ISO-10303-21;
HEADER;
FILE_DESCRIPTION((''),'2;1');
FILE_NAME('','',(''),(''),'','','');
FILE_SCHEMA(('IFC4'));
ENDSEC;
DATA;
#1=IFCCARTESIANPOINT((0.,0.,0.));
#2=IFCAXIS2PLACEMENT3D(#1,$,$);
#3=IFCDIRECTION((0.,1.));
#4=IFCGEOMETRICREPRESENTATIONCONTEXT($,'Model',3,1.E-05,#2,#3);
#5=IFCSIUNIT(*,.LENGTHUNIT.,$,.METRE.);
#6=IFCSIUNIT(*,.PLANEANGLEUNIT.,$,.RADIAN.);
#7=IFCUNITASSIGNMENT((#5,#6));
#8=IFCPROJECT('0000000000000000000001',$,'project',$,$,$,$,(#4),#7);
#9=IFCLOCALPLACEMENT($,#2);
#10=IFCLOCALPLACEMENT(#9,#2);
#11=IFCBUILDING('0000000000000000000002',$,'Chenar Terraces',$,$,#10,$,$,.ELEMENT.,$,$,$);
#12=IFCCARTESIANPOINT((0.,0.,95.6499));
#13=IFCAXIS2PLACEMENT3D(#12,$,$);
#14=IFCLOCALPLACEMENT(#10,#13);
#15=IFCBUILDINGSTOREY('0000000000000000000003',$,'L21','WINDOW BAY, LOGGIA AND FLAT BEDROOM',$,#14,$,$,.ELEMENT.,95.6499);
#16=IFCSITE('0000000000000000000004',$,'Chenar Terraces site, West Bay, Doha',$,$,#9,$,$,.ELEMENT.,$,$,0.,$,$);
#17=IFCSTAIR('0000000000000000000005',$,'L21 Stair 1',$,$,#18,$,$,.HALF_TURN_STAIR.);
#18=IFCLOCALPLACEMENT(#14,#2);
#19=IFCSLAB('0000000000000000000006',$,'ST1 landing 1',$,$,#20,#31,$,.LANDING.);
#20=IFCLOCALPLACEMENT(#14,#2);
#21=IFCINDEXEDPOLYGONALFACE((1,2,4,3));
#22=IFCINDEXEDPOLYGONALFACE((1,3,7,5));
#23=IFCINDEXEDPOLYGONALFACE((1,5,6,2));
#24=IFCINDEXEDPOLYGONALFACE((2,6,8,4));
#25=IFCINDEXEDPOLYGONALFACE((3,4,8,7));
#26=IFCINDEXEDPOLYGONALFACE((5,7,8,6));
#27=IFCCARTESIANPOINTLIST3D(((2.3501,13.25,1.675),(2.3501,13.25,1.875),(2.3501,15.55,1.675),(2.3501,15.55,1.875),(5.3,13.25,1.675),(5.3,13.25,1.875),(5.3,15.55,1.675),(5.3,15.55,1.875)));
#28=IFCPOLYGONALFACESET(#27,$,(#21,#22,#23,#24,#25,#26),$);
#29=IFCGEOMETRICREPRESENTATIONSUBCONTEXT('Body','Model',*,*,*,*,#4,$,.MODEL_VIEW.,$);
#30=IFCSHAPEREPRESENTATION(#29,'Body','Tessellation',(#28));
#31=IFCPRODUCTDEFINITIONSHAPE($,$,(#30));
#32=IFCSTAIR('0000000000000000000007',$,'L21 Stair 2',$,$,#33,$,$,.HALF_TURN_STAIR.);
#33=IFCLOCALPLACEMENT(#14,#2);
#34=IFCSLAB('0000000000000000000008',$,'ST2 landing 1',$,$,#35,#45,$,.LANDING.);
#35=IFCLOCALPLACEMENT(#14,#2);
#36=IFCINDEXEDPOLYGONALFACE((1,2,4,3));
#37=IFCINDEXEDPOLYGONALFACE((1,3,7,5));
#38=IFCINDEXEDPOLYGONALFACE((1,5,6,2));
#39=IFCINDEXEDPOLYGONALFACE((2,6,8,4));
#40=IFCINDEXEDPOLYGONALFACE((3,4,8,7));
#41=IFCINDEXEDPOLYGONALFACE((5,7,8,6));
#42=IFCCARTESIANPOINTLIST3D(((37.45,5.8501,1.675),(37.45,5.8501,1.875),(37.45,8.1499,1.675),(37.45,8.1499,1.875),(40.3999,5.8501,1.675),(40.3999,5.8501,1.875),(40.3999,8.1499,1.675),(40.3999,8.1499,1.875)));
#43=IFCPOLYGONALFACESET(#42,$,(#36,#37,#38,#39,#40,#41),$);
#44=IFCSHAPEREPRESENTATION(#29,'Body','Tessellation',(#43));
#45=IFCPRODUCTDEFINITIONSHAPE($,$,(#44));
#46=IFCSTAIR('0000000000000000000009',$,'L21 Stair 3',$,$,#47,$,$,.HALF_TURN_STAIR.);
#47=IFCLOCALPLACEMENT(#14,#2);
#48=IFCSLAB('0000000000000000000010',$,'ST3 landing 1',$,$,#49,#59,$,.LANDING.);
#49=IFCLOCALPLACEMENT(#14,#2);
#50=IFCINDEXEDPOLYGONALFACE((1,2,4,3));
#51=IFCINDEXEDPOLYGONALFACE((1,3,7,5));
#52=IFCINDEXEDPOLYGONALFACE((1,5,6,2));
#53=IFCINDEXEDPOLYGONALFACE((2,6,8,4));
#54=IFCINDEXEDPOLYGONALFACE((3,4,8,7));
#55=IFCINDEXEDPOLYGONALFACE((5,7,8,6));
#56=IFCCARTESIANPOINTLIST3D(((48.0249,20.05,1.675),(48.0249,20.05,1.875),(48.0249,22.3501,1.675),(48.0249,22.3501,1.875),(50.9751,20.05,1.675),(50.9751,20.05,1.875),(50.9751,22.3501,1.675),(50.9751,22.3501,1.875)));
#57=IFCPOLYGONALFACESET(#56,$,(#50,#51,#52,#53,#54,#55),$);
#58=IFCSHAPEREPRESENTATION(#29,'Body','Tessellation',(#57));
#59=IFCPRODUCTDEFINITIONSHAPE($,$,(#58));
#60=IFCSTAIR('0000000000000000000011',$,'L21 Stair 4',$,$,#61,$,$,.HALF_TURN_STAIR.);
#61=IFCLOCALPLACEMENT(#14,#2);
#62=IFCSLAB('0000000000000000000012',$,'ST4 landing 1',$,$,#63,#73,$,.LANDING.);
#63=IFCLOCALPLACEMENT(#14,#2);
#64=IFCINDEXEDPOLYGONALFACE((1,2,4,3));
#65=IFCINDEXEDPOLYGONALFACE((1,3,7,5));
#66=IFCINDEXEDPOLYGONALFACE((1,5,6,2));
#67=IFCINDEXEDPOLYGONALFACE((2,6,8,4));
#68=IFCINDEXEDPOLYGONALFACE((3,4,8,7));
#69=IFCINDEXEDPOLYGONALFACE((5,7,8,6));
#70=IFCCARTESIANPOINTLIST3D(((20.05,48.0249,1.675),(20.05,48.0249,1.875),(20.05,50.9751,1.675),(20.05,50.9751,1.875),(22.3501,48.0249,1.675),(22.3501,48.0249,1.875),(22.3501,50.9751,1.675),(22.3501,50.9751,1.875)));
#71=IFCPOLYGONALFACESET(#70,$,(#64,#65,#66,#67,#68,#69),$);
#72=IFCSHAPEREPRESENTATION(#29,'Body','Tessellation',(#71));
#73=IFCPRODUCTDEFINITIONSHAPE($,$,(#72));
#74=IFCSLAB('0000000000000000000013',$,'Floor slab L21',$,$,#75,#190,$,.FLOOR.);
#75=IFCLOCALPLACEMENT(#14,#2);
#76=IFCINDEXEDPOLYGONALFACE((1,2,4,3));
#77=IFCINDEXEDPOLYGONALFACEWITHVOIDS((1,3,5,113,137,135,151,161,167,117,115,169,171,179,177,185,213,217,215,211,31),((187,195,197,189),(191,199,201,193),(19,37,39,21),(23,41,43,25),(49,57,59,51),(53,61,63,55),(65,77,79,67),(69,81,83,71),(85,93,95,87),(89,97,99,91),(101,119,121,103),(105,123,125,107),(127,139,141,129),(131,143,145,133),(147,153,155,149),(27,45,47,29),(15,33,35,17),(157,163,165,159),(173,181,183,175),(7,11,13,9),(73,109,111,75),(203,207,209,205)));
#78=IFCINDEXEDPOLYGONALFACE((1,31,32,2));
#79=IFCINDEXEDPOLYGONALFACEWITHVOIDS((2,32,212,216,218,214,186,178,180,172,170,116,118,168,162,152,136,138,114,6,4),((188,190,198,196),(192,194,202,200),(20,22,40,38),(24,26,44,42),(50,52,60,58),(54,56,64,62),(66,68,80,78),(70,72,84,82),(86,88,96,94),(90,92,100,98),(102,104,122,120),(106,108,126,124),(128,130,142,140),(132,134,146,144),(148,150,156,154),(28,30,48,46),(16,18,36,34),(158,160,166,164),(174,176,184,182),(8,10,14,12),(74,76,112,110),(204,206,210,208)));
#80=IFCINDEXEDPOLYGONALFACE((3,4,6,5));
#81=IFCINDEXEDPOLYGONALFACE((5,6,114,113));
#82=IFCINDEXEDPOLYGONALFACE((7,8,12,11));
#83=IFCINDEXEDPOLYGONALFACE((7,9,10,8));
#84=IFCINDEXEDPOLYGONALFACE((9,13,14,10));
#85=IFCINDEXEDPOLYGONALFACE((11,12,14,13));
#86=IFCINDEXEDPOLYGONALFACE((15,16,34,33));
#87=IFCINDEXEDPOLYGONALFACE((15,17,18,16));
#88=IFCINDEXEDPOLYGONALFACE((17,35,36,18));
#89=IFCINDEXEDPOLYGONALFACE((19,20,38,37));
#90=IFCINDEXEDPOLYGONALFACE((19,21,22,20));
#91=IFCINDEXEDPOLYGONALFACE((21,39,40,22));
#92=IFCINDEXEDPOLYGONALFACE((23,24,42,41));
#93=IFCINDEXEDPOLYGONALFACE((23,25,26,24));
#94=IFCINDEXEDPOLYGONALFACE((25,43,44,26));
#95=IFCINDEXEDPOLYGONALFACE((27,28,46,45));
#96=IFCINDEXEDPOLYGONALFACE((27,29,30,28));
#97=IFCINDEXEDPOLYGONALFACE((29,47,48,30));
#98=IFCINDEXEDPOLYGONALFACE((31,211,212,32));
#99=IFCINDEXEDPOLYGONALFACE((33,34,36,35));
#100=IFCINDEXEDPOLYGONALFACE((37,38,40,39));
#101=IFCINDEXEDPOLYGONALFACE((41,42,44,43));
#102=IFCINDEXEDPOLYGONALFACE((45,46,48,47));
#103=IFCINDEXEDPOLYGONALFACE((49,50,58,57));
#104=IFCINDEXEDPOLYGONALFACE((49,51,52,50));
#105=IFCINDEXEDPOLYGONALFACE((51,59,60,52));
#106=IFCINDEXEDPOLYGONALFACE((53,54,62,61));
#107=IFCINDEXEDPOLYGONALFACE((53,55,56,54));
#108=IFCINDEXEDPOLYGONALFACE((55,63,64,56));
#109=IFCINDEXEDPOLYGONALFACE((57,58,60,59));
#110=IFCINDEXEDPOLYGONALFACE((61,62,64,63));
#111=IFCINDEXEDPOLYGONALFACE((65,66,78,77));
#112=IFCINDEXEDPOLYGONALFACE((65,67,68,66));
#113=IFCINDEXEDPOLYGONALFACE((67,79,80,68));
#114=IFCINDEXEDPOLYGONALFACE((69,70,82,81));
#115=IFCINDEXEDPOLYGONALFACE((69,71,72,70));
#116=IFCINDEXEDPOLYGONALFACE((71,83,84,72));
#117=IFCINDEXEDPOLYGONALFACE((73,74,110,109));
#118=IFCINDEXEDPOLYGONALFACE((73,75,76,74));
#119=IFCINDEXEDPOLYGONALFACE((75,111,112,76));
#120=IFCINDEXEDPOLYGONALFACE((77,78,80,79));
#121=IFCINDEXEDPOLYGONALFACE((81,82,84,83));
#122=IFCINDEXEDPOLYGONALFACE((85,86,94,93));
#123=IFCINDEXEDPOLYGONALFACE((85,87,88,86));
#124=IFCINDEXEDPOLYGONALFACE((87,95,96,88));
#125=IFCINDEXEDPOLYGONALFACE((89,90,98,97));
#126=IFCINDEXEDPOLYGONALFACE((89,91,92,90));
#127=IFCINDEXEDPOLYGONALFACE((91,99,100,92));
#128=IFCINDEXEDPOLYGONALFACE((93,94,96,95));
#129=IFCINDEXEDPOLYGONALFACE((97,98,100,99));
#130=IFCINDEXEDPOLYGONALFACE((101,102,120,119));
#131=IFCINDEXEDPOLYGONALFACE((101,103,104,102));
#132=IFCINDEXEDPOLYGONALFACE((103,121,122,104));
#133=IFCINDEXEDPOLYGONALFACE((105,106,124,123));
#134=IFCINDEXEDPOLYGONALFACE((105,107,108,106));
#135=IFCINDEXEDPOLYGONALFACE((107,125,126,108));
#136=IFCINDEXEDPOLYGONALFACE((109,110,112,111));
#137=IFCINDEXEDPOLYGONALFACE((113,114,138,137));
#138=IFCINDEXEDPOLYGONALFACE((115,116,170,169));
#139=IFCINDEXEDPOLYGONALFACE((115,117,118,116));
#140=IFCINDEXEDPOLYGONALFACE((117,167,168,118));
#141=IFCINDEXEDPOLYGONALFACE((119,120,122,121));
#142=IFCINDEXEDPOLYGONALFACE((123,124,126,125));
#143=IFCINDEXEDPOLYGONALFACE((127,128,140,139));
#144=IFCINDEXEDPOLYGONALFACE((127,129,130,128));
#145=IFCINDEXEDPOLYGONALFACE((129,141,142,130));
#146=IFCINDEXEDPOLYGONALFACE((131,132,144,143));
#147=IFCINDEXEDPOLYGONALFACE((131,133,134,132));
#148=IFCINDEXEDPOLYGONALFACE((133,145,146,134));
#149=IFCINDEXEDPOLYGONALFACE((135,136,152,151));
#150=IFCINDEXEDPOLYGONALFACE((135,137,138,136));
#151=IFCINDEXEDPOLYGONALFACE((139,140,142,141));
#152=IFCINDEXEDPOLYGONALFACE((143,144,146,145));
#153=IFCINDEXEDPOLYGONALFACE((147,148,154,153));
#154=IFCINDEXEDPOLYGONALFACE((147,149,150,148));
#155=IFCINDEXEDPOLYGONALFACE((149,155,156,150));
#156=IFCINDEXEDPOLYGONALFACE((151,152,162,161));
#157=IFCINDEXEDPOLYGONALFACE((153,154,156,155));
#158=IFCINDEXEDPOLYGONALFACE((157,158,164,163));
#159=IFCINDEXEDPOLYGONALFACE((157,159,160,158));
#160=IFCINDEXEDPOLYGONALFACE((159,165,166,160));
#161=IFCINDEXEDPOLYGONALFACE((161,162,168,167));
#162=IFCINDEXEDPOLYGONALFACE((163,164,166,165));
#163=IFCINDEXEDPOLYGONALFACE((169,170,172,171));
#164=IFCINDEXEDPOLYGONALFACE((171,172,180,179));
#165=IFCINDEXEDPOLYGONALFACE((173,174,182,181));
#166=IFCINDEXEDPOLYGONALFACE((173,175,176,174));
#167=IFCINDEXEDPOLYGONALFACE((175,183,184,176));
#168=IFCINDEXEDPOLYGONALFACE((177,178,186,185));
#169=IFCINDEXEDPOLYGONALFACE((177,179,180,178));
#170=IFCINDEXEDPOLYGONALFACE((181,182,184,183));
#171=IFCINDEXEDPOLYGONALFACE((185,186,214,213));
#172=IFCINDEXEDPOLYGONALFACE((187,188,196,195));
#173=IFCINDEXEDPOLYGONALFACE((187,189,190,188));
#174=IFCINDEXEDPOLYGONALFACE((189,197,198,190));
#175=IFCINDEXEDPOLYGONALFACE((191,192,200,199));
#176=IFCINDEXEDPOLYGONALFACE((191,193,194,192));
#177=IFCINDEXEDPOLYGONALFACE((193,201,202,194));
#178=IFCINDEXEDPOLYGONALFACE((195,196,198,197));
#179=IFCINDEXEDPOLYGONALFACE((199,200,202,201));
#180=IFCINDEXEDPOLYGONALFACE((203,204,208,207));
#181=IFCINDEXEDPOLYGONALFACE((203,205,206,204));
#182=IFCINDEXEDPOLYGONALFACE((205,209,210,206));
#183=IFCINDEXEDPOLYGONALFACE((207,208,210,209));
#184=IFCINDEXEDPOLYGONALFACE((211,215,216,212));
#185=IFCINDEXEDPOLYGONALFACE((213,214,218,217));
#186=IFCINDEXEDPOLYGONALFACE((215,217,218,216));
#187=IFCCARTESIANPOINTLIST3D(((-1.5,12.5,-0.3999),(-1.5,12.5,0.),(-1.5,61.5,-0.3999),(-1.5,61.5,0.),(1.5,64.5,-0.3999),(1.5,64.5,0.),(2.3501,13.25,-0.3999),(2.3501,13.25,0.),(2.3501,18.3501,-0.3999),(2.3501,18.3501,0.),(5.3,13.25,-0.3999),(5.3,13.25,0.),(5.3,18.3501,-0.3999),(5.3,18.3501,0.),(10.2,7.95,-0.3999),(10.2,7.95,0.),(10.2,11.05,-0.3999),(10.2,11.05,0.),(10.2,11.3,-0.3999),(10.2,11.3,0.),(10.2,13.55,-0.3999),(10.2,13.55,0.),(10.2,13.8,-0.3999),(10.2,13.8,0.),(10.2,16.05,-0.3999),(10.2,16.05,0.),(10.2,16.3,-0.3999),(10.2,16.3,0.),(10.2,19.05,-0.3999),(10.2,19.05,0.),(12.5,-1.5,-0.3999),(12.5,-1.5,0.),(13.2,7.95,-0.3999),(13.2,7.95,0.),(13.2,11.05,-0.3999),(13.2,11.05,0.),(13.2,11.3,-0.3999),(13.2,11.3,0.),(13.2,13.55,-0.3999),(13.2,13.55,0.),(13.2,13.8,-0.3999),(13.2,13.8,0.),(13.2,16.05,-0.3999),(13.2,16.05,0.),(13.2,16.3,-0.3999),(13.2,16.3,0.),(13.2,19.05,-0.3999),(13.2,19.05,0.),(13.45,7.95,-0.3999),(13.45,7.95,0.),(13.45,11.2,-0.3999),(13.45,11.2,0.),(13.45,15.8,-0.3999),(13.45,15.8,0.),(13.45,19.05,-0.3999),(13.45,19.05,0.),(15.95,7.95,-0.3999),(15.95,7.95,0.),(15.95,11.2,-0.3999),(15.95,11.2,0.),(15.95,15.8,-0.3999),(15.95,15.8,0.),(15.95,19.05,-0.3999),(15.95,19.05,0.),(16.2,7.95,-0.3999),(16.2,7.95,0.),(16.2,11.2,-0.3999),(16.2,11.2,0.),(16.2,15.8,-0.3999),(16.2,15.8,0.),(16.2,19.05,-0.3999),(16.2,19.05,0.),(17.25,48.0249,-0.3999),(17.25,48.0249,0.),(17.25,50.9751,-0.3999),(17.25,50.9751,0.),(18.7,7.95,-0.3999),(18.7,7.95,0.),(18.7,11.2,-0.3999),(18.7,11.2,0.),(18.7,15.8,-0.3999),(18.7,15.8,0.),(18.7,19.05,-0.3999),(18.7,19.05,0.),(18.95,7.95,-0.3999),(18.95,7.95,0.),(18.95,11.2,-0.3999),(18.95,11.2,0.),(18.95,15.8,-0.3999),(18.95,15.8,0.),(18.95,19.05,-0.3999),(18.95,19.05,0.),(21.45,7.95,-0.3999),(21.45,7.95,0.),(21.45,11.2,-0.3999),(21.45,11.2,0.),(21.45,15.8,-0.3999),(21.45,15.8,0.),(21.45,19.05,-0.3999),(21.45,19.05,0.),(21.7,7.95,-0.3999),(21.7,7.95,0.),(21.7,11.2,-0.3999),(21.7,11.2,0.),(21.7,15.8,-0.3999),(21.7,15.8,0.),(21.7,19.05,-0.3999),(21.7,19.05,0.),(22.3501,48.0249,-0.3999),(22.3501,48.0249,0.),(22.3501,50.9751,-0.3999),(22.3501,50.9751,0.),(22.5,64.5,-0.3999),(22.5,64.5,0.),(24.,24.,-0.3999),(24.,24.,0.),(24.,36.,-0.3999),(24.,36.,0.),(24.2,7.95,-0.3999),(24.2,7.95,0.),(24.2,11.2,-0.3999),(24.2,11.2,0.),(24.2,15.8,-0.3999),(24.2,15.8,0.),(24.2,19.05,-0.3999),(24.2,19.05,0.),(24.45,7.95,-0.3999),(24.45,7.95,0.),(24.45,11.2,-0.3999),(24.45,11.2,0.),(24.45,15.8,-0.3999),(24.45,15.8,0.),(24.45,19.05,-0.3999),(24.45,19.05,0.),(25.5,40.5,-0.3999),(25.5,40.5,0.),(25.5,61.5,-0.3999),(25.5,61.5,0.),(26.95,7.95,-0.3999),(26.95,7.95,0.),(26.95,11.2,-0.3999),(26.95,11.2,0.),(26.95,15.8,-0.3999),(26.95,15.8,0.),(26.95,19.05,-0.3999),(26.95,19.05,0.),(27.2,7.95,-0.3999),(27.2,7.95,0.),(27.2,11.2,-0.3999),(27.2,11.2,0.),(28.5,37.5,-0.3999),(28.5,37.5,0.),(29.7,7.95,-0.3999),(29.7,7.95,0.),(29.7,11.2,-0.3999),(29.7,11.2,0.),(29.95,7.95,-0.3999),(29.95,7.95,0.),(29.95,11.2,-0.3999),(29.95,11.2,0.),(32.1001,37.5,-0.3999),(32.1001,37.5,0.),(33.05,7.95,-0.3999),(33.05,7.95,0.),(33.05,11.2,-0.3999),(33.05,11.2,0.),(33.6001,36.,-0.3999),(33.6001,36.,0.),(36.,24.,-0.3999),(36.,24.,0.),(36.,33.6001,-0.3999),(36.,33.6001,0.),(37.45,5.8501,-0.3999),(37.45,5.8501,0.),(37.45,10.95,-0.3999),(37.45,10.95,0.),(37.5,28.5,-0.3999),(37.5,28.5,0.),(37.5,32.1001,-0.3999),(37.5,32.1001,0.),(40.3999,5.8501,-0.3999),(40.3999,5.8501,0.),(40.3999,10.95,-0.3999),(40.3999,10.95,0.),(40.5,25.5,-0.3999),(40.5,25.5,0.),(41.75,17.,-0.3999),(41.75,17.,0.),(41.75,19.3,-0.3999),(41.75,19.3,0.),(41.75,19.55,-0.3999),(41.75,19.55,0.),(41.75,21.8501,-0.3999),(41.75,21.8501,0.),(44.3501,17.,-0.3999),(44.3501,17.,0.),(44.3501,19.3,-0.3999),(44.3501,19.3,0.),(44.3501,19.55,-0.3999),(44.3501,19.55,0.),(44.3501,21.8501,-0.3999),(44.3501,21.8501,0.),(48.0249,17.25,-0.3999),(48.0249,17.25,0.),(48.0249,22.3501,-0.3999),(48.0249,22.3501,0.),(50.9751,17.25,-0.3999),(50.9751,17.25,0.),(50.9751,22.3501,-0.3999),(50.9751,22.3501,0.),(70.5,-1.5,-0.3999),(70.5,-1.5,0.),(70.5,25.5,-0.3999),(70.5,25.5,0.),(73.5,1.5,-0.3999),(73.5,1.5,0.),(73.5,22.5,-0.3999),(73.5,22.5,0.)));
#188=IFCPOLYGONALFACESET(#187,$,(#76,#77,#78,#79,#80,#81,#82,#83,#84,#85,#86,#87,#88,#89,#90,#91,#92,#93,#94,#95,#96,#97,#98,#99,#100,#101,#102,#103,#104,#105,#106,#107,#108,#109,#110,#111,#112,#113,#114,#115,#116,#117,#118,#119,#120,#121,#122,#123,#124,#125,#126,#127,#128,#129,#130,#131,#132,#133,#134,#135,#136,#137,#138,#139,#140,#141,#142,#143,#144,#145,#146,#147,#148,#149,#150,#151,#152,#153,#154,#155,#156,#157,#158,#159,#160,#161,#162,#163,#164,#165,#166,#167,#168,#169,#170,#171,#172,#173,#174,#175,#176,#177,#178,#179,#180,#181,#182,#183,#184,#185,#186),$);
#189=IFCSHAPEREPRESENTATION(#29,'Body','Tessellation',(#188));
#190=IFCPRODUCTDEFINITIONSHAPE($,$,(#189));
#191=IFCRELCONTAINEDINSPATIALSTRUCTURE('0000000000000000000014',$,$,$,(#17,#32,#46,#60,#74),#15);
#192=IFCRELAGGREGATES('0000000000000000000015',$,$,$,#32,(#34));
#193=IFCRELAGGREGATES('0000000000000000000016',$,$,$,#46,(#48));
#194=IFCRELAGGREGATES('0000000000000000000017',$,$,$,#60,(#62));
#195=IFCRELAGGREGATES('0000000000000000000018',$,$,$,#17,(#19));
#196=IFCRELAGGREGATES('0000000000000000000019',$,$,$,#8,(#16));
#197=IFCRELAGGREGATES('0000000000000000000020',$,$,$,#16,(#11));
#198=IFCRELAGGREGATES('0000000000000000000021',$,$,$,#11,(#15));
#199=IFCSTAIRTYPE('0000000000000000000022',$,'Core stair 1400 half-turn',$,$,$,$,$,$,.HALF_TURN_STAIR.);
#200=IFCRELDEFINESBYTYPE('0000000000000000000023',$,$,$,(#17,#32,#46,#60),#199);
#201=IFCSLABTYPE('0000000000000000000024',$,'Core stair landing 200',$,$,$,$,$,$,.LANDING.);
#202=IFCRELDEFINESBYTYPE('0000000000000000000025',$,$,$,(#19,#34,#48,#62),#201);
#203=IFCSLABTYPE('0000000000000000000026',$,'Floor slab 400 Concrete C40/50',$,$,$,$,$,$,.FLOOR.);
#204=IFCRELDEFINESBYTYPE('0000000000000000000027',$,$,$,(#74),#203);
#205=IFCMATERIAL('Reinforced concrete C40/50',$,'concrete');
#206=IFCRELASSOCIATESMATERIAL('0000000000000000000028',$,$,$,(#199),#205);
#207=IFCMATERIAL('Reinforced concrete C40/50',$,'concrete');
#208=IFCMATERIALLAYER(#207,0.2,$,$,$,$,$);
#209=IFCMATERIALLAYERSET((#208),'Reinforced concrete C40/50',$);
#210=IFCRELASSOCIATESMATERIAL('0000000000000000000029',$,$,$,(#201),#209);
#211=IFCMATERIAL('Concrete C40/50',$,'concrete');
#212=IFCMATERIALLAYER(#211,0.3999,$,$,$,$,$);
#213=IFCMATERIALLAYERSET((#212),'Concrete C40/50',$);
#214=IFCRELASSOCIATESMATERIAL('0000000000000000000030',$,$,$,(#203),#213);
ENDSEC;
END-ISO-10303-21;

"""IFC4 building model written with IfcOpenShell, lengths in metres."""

from ifc_helpers import new_model, si_unit, direction, frame, origin, place, context, subcontext, project, spatial, polyline, outline, extrude, material, layer, layer_set, type_object, element, aggregate, save


model = new_model("IFC4")

# Units and contexts
model_context = context("Model", 3, precision=1e-05, world=origin(), true_north=direction((0.0, 1.0)))
body_context = subcontext(model_context, "Body", "Model", "MODEL_VIEW")
ifc_project = project(units=[si_unit("LENGTHUNIT", "METRE"), si_unit("PLANEANGLEUNIT", "RADIAN")], contexts=[model_context])

# Site, building, storey
site_placement = place(None, origin())
site = spatial("IfcSite", under=ifc_project, at=site_placement, Name="Chenar Terraces site, West Bay, Doha", CompositionType="ELEMENT", RefElevation=0.0)
building_placement = place(site_placement, origin())
building = spatial("IfcBuilding", under=site, at=building_placement, Name="Chenar Terraces", CompositionType="ELEMENT")
storey_placement = place(building_placement, frame((0.0, 0.0, 95.6499)))
storey = spatial("IfcBuildingStorey", under=building, at=storey_placement, Name="L21", Description="WINDOW BAY, LOGGIA AND FLAT BEDROOM", CompositionType="ELEMENT", Elevation=95.6499)

# Stairs, slabs
ifc_material_1 = material(Name="Reinforced concrete C40/50", Category="concrete")
stair_type = type_object("IfcStairType", Name="Core stair 1400 half-turn", PredefinedType="HALF_TURN_STAIR", material=ifc_material_1)
placement_1 = place(storey_placement, origin())
stair_1 = element("IfcStair", 1, at=placement_1, inside=storey, type_object=stair_type, Name="L21 Stair 1", PredefinedType="HALF_TURN_STAIR")
ifc_material_2 = material(Name="Reinforced concrete C40/50", Category="concrete")
ifc_layer_1 = layer(ifc_material_2, 0.2)
ifc_layer_set_1 = layer_set([ifc_layer_1], Name="Reinforced concrete C40/50")
slab_type_1 = type_object("IfcSlabType", Name="Core stair landing 200", PredefinedType="LANDING", material=ifc_layer_set_1)
placement_2 = place(storey_placement, frame((0.0, 0.0, 1.675)))
slab_1 = element("IfcSlab", 2, at=placement_2, type_object=slab_type_1, Name="ST1 landing 1", PredefinedType="LANDING", context=body_context, shape_type="SweptSolid", body=[
    extrude(outline(polyline([(2.3501, 15.55), (2.3501, 13.25), (5.3, 13.25), (5.3, 15.55), (2.3501, 15.55)])), origin(), (0.0, 0.0, 1.0), 0.2),
])
stair_2 = element("IfcStair", 3, at=placement_1, inside=storey, type_object=stair_type, Name="L21 Stair 2", PredefinedType="HALF_TURN_STAIR")
slab_2 = element("IfcSlab", 4, at=placement_2, type_object=slab_type_1, Name="ST2 landing 1", PredefinedType="LANDING", context=body_context, shape_type="SweptSolid", body=[
    extrude(outline(polyline([(37.45, 8.1499), (37.45, 5.8501), (40.3999, 5.8501), (40.3999, 8.1499), (37.45, 8.1499)])), origin(), (0.0, 0.0, 1.0), 0.2),
])
aggregate(stair_2, [slab_2])
stair_3 = element("IfcStair", 5, at=placement_1, inside=storey, type_object=stair_type, Name="L21 Stair 3", PredefinedType="HALF_TURN_STAIR")
slab_3 = element("IfcSlab", 6, at=placement_2, type_object=slab_type_1, Name="ST3 landing 1", PredefinedType="LANDING", context=body_context, shape_type="SweptSolid", body=[
    extrude(outline(polyline([(50.9751, 20.05), (50.9751, 22.3501), (48.0249, 22.3501), (48.0249, 20.05), (50.9751, 20.05)])), origin(), (0.0, 0.0, 1.0), 0.2),
])
aggregate(stair_3, [slab_3])
stair_4 = element("IfcStair", 7, at=placement_1, inside=storey, type_object=stair_type, Name="L21 Stair 4", PredefinedType="HALF_TURN_STAIR")
slab_4 = element("IfcSlab", 8, at=placement_2, type_object=slab_type_1, Name="ST4 landing 1", PredefinedType="LANDING", context=body_context, shape_type="SweptSolid", body=[
    extrude(outline(polyline([(20.05, 48.0249), (22.3501, 48.0249), (22.3501, 50.9751), (20.05, 50.9751), (20.05, 48.0249)])), origin(), (0.0, 0.0, 1.0), 0.2),
])
aggregate(stair_4, [slab_4])

# Slab
ifc_material_3 = material(Name="Concrete C40/50", Category="concrete")
ifc_layer_2 = layer(ifc_material_3, 0.3999)
ifc_layer_set_2 = layer_set([ifc_layer_2], Name="Concrete C40/50")
slab_type_2 = type_object("IfcSlabType", Name="Floor slab 400 Concrete C40/50", PredefinedType="FLOOR", material=ifc_layer_set_2)
slab_5_placement = place(storey_placement, frame((0.0, 0.0, -0.3999)))
element("IfcSlab", 9, at=slab_5_placement, inside=storey, type_object=slab_type_2, Name="Floor slab L21", PredefinedType="FLOOR", context=body_context, shape_type="SweptSolid", body=[
    extrude(outline(polyline([(73.5, 22.5), (73.5, 1.5), (70.5, -1.5), (12.5, -1.5), (-1.5, 12.5), (-1.5, 61.5), (1.5, 64.5), (22.5, 64.5), (25.5, 61.5), (25.5, 40.5), (28.5, 37.5), (32.1001, 37.5), (33.6001, 36.0), (24.0, 36.0), (24.0, 24.0), (36.0, 24.0), (36.0, 33.6001), (37.5, 32.1001), (37.5, 28.5), (40.5, 25.5), (70.5, 25.5), (73.5, 22.5)]), holes=[polyline([(13.2, 11.05), (10.2, 11.05), (10.2, 7.95), (13.2, 7.95), (13.2, 11.05)]), polyline([(15.95, 11.2), (13.45, 11.2), (13.45, 7.95), (15.95, 7.95), (15.95, 11.2)]), polyline([(18.7, 11.2), (16.2, 11.2), (16.2, 7.95), (18.7, 7.95), (18.7, 11.2)]), polyline([(21.45, 7.95), (21.45, 11.2), (18.95, 11.2), (18.95, 7.95), (21.45, 7.95)]), polyline([(13.2, 11.3), (13.2, 13.55), (10.2, 13.55), (10.2, 11.3), (13.2, 11.3)]), polyline([(13.2, 16.05), (10.2, 16.05), (10.2, 13.8), (13.2, 13.8), (13.2, 16.05)]), polyline([(2.3501, 18.3501), (2.3501, 13.25), (5.3, 13.25), (5.3, 18.3501), (2.3501, 18.3501)]), polyline([(15.95, 15.8), (15.95, 19.05), (13.45, 19.05), (13.45, 15.8), (15.95, 15.8)]), polyline([(18.7, 19.05), (16.2, 19.05), (16.2, 15.8), (18.7, 15.8), (18.7, 19.05)]), polyline([(21.45, 15.8), (21.45, 19.05), (18.95, 19.05), (18.95, 15.8), (21.45, 15.8)]), polyline([(13.2, 16.3), (13.2, 19.05), (10.2, 19.05), (10.2, 16.3), (13.2, 16.3)]), polyline([(22.3501, 48.0249), (22.3501, 50.9751), (17.25, 50.9751), (17.25, 48.0249), (22.3501, 48.0249)]), polyline([(37.45, 10.95), (37.45, 5.8501), (40.3999, 5.8501), (40.3999, 10.95), (37.45, 10.95)]), polyline([(24.2, 7.95), (24.2, 11.2), (21.7, 11.2), (21.7, 7.95), (24.2, 7.95)]), polyline([(26.95, 11.2), (24.45, 11.2), (24.45, 7.95), (26.95, 7.95), (26.95, 11.2)]), polyline([(29.7, 7.95), (29.7, 11.2), (27.2, 11.2), (27.2, 7.95), (29.7, 7.95)]), polyline([(33.05, 7.95), (33.05, 11.2), (29.95, 11.2), (29.95, 7.95), (33.05, 7.95)]), polyline([(24.2, 19.05), (21.7, 19.05), (21.7, 15.8), (24.2, 15.8), (24.2, 19.05)]), polyline([(26.95, 15.8), (26.95, 19.05), (24.45, 19.05), (24.45, 15.8), (26.95, 15.8)]), polyline([(44.3501, 17.0), (44.3501, 19.3), (41.75, 19.3), (41.75, 17.0), (44.3501, 17.0)]), polyline([(50.9751, 22.3501), (48.0249, 22.3501), (48.0249, 17.25), (50.9751, 17.25), (50.9751, 22.3501)]), polyline([(44.3501, 19.55), (44.3501, 21.8501), (41.75, 21.8501), (41.75, 19.55), (44.3501, 19.55)])]), origin(), (0.0, 0.0, 1.0), 0.3999),
])

aggregate(stair_1, [slab_1])

save(model, "model.ifc")
